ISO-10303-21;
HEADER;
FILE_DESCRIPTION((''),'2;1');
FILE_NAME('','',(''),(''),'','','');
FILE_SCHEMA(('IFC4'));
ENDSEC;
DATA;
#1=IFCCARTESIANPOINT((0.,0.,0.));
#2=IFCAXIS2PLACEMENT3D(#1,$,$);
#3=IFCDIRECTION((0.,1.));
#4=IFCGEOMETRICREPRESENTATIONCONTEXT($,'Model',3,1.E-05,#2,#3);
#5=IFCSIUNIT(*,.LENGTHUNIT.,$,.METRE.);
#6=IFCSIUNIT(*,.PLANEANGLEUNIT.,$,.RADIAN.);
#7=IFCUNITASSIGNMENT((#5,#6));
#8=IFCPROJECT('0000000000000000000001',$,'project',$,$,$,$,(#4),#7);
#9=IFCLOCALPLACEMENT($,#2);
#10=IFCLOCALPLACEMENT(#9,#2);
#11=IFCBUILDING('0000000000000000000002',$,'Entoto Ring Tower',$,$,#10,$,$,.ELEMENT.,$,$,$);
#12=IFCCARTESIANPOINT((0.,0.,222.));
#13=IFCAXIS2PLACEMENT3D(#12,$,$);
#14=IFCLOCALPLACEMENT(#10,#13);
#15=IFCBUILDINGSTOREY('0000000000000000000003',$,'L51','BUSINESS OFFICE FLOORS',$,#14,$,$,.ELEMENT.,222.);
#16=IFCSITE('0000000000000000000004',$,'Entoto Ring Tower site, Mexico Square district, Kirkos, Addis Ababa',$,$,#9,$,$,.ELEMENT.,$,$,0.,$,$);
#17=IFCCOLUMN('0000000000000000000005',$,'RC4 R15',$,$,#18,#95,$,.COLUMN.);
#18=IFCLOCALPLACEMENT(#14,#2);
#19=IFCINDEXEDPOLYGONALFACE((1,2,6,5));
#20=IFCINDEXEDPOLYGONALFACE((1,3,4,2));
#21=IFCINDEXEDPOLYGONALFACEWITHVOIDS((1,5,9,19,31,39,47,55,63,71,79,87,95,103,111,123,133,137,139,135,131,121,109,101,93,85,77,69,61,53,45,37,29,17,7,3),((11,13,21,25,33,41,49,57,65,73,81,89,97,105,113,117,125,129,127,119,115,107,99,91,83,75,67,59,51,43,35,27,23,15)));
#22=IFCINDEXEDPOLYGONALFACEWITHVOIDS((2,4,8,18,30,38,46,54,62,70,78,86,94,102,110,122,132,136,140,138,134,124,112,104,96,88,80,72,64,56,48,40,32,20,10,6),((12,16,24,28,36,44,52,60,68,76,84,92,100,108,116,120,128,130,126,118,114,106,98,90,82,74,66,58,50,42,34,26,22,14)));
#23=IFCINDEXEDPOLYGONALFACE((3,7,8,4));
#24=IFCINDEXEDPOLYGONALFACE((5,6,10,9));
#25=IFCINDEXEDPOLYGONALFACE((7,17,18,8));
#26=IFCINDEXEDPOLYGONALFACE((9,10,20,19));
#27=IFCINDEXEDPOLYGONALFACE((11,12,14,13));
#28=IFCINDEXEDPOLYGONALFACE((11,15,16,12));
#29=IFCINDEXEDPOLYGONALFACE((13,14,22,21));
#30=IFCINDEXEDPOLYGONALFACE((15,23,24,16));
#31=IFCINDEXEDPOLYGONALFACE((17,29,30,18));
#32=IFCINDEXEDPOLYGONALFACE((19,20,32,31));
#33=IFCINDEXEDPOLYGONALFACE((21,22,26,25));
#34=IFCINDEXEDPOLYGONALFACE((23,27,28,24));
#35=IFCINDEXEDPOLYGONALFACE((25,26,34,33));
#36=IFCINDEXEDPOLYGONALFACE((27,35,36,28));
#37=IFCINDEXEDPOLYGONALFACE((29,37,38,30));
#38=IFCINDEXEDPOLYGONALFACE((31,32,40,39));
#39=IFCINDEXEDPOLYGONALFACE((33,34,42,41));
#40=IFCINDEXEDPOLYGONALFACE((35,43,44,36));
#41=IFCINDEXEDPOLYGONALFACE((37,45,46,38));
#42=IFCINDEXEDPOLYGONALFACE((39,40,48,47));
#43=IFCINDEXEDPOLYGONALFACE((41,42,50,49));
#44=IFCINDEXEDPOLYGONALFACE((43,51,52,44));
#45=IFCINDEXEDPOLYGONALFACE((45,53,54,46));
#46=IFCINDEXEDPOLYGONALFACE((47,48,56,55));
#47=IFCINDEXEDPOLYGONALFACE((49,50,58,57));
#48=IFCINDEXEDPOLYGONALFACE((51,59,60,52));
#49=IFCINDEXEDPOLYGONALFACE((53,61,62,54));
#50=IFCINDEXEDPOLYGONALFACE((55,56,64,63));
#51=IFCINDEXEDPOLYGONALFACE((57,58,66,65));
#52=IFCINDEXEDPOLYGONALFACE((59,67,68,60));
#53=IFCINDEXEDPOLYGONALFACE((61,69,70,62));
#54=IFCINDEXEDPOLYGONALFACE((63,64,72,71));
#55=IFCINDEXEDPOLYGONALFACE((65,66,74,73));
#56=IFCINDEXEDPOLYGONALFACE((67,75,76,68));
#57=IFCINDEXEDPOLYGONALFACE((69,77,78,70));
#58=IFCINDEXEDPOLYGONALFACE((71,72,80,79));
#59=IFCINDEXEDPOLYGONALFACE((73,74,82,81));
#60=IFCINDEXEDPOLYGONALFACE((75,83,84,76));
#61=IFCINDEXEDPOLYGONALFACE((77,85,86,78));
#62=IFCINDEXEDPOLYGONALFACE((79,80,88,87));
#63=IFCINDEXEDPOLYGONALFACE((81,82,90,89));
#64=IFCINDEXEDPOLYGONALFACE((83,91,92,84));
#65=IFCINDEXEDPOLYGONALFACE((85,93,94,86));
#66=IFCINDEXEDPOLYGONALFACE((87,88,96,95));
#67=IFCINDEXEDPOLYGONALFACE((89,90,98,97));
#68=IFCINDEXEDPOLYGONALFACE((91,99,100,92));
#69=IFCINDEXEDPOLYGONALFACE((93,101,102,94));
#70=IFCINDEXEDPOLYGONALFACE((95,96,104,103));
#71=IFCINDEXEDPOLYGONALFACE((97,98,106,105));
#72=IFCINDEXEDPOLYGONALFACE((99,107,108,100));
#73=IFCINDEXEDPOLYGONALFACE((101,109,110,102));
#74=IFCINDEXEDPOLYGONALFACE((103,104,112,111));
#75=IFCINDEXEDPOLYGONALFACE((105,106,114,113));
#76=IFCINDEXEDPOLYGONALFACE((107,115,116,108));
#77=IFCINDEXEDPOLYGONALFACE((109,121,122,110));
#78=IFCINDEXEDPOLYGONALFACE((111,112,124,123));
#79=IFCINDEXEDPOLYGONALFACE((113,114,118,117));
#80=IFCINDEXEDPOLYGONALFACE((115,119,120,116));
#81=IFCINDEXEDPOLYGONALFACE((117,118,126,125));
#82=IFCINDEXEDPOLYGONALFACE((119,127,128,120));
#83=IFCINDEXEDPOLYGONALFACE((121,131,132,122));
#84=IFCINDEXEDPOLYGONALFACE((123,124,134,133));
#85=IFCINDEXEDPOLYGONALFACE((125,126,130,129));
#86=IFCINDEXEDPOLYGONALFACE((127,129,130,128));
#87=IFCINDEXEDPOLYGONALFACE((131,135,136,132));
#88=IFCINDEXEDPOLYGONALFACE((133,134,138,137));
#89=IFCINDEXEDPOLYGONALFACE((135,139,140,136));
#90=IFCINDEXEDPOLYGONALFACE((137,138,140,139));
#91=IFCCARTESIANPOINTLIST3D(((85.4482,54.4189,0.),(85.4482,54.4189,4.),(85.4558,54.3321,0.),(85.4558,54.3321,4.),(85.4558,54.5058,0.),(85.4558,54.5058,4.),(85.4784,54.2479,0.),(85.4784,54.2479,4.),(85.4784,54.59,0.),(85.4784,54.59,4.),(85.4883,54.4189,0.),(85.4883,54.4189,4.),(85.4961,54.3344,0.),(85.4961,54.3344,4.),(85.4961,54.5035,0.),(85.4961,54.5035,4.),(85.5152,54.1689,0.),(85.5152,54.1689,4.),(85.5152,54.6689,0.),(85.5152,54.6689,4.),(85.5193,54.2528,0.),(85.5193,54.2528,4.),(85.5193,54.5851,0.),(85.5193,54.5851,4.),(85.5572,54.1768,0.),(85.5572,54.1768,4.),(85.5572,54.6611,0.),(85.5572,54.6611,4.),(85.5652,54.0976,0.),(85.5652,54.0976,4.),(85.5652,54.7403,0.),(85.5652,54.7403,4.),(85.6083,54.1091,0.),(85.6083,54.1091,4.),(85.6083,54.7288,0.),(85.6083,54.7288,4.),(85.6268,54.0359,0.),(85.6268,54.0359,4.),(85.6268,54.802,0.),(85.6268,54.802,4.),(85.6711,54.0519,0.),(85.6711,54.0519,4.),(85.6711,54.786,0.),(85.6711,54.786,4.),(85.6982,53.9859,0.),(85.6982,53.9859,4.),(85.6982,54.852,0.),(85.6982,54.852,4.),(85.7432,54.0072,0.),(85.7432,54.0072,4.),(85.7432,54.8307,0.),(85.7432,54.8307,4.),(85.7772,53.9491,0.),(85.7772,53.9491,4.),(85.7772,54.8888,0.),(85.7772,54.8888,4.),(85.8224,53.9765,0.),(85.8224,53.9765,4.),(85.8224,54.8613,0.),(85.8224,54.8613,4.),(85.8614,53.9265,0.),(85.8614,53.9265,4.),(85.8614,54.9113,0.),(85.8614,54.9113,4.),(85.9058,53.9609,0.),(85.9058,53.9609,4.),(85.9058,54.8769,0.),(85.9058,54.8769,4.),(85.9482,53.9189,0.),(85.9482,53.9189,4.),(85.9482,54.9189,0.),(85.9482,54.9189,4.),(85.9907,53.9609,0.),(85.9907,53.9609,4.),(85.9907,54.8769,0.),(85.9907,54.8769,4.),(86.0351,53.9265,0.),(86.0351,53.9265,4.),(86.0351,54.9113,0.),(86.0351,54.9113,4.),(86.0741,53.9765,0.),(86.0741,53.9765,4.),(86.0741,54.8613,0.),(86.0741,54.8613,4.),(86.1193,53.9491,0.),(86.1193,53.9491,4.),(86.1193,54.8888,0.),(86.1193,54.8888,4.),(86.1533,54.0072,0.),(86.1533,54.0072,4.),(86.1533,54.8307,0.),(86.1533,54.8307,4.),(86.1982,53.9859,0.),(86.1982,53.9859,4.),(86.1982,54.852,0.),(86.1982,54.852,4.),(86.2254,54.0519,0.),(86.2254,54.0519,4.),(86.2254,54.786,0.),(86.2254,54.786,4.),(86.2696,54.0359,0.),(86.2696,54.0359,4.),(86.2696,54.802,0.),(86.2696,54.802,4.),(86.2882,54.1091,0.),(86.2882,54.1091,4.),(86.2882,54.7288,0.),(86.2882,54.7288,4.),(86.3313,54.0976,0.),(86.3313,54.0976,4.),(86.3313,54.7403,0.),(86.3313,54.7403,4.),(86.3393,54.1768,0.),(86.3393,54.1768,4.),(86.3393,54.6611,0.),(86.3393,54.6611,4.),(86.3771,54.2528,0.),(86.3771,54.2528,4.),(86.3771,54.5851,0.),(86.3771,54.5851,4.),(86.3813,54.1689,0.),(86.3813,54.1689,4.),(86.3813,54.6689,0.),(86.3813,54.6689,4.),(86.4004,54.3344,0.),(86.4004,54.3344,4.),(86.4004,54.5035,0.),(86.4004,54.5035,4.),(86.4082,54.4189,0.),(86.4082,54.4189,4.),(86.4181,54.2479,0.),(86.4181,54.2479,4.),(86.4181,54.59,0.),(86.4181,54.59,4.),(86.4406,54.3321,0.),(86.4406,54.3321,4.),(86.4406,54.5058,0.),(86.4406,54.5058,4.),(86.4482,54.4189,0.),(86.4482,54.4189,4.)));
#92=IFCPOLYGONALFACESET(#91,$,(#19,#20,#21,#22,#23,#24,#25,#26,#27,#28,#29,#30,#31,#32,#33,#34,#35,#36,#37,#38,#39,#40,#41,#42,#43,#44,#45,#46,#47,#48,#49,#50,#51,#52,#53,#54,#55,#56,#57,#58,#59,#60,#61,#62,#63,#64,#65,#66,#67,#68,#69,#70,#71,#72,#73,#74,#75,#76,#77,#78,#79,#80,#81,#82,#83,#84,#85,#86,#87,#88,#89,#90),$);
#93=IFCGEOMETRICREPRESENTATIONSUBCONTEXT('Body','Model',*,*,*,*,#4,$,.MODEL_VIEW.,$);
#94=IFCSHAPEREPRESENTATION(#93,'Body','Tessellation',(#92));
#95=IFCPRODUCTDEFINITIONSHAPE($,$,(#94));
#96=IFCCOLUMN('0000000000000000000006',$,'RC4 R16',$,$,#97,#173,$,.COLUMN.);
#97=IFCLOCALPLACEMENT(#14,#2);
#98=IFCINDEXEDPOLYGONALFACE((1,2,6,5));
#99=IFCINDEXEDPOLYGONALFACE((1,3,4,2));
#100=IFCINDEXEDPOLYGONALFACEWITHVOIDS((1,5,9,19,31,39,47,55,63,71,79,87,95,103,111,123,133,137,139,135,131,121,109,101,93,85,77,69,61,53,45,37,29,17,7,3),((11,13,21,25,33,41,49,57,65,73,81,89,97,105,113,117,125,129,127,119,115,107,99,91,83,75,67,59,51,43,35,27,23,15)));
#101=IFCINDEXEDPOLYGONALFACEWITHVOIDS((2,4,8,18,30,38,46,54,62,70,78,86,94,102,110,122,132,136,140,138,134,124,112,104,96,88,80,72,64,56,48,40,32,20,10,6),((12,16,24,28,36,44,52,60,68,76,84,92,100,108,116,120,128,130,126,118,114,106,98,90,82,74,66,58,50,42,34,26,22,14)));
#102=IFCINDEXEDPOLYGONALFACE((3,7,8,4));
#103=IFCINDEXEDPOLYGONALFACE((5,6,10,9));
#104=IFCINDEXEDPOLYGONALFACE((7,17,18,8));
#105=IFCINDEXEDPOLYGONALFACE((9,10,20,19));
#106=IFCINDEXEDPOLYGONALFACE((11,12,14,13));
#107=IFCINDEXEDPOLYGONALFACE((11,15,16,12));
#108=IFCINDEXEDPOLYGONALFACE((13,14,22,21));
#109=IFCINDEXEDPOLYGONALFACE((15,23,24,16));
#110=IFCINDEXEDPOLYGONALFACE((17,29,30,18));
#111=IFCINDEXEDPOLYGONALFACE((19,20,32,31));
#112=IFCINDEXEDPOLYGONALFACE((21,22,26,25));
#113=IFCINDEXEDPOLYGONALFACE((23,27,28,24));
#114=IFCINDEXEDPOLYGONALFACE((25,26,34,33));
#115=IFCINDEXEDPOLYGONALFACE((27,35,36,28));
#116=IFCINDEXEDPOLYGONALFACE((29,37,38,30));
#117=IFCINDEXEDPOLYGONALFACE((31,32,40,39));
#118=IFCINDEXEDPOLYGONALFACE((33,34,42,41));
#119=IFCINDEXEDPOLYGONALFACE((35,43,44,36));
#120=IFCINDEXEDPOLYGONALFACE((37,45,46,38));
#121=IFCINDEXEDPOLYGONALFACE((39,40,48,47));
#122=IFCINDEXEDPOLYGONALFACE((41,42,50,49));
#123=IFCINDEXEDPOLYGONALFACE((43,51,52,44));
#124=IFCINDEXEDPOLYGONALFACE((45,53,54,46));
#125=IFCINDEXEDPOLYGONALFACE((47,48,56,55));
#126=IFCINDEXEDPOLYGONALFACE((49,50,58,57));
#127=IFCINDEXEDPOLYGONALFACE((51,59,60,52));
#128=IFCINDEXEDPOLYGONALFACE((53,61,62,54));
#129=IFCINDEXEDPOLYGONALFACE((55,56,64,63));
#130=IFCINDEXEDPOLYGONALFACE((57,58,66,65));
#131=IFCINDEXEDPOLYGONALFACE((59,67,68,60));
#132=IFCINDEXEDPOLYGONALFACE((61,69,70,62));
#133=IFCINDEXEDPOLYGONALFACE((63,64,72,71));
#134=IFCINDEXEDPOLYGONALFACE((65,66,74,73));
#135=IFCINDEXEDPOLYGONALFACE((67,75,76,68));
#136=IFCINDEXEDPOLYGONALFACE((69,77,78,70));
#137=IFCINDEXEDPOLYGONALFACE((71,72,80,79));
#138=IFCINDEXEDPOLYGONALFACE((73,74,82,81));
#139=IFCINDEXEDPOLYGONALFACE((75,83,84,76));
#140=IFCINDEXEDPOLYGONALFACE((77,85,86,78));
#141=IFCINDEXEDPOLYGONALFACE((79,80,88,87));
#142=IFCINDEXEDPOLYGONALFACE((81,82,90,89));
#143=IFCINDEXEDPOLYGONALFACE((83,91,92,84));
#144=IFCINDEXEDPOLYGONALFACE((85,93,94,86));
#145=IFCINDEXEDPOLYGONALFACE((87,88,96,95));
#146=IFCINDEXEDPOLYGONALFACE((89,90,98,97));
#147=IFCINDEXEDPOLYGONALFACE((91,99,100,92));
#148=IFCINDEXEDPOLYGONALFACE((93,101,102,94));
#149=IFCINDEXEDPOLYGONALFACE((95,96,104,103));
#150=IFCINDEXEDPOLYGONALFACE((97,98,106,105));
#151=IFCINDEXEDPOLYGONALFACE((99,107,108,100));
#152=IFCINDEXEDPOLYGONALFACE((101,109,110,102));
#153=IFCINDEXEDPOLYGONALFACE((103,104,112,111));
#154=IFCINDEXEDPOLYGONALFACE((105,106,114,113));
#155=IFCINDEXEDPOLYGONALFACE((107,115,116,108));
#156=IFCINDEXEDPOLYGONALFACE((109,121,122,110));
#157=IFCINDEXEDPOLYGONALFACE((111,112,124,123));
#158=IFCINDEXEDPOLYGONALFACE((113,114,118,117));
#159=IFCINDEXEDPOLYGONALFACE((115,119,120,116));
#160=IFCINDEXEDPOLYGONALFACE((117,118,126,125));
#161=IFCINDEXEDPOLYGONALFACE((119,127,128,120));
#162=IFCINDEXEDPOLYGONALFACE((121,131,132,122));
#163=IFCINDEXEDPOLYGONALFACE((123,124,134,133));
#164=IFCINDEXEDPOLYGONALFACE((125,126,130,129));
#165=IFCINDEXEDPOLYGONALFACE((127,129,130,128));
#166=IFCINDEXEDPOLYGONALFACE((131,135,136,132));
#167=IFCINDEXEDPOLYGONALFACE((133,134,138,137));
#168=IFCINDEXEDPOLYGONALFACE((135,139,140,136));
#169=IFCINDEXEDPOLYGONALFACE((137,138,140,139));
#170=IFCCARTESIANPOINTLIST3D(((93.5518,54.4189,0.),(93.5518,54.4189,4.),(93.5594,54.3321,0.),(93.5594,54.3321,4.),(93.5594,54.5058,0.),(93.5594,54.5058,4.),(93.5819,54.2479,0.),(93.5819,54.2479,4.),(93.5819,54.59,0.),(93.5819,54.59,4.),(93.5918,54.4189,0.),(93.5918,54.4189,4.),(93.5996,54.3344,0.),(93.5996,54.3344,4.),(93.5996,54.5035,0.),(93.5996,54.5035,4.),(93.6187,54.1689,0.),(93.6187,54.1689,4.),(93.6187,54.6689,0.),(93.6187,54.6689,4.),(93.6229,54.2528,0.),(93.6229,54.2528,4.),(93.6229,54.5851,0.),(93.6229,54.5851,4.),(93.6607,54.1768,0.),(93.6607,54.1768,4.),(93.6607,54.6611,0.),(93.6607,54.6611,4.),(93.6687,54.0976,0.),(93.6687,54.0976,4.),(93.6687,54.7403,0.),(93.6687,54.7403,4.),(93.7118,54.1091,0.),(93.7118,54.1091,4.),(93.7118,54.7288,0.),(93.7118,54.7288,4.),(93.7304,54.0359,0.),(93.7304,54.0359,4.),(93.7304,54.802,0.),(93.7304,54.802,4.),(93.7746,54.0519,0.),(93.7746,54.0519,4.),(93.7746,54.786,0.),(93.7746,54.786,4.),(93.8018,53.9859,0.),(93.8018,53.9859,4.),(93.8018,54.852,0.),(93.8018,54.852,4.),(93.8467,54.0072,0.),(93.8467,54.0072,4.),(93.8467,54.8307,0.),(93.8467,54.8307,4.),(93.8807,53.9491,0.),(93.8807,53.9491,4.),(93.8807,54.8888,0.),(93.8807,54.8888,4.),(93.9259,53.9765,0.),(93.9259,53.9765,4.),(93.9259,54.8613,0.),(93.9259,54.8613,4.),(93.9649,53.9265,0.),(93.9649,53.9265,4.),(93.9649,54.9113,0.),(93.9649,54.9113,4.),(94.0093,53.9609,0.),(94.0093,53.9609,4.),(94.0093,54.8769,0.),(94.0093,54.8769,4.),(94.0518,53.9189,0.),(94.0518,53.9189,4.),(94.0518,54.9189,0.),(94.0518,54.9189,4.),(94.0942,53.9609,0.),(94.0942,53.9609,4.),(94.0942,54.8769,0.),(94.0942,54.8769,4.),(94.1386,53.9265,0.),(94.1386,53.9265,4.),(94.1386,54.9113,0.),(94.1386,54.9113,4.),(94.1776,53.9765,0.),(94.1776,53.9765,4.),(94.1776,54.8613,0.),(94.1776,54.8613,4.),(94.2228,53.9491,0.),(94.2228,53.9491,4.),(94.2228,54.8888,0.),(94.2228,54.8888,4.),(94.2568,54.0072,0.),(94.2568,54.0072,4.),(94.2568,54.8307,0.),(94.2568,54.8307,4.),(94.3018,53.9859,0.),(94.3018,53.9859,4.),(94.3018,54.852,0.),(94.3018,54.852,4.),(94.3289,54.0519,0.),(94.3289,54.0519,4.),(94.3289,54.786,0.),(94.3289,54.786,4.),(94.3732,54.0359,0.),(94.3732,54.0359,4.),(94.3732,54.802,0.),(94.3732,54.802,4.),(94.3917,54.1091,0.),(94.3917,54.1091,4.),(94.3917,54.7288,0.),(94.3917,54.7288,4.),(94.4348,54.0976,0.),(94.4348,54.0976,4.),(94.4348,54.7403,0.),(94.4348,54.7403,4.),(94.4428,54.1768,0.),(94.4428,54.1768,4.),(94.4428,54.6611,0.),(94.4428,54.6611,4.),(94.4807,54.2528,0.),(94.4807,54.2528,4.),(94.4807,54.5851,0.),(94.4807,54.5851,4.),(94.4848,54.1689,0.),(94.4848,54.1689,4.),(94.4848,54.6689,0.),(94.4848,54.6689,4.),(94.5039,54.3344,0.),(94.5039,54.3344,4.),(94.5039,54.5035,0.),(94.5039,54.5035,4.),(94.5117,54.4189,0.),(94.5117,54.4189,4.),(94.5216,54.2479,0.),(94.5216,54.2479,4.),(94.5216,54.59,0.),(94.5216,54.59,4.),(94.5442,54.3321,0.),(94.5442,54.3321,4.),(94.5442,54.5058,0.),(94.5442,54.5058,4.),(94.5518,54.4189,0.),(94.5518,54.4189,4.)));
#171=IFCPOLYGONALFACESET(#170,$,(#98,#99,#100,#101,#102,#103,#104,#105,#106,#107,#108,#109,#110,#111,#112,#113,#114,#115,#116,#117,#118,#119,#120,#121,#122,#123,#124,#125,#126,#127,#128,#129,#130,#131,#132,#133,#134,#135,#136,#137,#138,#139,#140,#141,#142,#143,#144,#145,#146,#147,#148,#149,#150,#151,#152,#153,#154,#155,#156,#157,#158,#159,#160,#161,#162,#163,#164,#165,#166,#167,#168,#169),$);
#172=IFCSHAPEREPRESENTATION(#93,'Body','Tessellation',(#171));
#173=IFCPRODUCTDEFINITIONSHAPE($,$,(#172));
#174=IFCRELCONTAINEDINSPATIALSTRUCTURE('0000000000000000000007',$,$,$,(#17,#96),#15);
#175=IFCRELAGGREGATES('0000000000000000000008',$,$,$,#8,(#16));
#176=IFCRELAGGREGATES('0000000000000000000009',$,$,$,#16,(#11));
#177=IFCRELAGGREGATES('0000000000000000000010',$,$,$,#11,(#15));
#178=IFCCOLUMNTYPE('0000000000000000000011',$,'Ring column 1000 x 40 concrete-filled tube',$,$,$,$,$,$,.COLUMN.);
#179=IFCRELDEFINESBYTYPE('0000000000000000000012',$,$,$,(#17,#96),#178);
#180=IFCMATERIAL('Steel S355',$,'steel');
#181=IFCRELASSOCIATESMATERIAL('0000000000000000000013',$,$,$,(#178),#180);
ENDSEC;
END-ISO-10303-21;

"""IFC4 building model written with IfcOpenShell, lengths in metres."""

from ifc_helpers import new_model, si_unit, direction, frame, origin, origin_2d, place, context, subcontext, project, spatial, circle, hollow_circle, extrude, material, material_profile, profile_set, type_object, element, save


model = new_model("IFC4")

# Units and contexts
model_context = context("Model", 3, precision=1e-05, world=origin(), true_north=direction((0.0, 1.0)))
body_context = subcontext(model_context, "Body", "Model", "MODEL_VIEW")
ifc_project = project(units=[si_unit("LENGTHUNIT", "METRE"), si_unit("PLANEANGLEUNIT", "RADIAN")], contexts=[model_context])

# Site, building, storey
site_placement = place(None, origin())
site = spatial("IfcSite", under=ifc_project, at=site_placement, Name="Entoto Ring Tower site, Mexico Square district, Kirkos, Addis Ababa", CompositionType="ELEMENT", RefElevation=0.0)
building_placement = place(site_placement, origin())
building = spatial("IfcBuilding", under=site, at=building_placement, Name="Entoto Ring Tower", CompositionType="ELEMENT")
storey_placement = place(building_placement, frame((0.0, 0.0, 222.0)))
storey = spatial("IfcBuildingStorey", under=building, at=storey_placement, Name="L51", Description="BUSINESS OFFICE FLOORS", CompositionType="ELEMENT", Elevation=222.0)

# Columns
ifc_material_1 = material(Name="Steel S355", Category="steel")
ifc_material_profile_1 = material_profile(ifc_material_1, hollow_circle(Radius=0.5, WallThickness=0.04, at=origin_2d()), Name="CHS 1000 x 40")
ifc_material_2 = material(Name="Concrete C60/75", Category="concrete")
ifc_material_profile_2 = material_profile(ifc_material_2, circle(Radius=0.46, at=origin_2d()), Name="Concrete C60/75 infill")
ifc_profile_set_1 = profile_set([ifc_material_profile_1, ifc_material_profile_2], Name="Steel S355")
column_type = type_object("IfcColumnType", Name="Ring column 1000 x 40 concrete-filled tube", PredefinedType="COLUMN", material=ifc_profile_set_1)
for number, where, z_axis, x_axis, name in (
    (1, (85.9482, 54.4189, 0.0), (0.0, 0.0, 1.0), (1.0, 0.0, 0.0), "RC4 R15"),
    (2, (94.0518, 54.4189, 0.0), (0.0, 0.0, 1.0), (1.0, 0.0, 0.0), "RC4 R16"),
):
    element("IfcColumn", number, at=place(storey_placement, frame(where, z_axis=z_axis, x_axis=x_axis)), inside=storey, type_object=column_type, Name=name, PredefinedType="COLUMN", context=body_context, shape_type="SweptSolid", body=[
        extrude(hollow_circle(Radius=0.5, WallThickness=0.04, at=origin_2d()), origin(), (0.0, 0.0, 1.0), 4.0),
    ])

save(model, "model.ifc")
